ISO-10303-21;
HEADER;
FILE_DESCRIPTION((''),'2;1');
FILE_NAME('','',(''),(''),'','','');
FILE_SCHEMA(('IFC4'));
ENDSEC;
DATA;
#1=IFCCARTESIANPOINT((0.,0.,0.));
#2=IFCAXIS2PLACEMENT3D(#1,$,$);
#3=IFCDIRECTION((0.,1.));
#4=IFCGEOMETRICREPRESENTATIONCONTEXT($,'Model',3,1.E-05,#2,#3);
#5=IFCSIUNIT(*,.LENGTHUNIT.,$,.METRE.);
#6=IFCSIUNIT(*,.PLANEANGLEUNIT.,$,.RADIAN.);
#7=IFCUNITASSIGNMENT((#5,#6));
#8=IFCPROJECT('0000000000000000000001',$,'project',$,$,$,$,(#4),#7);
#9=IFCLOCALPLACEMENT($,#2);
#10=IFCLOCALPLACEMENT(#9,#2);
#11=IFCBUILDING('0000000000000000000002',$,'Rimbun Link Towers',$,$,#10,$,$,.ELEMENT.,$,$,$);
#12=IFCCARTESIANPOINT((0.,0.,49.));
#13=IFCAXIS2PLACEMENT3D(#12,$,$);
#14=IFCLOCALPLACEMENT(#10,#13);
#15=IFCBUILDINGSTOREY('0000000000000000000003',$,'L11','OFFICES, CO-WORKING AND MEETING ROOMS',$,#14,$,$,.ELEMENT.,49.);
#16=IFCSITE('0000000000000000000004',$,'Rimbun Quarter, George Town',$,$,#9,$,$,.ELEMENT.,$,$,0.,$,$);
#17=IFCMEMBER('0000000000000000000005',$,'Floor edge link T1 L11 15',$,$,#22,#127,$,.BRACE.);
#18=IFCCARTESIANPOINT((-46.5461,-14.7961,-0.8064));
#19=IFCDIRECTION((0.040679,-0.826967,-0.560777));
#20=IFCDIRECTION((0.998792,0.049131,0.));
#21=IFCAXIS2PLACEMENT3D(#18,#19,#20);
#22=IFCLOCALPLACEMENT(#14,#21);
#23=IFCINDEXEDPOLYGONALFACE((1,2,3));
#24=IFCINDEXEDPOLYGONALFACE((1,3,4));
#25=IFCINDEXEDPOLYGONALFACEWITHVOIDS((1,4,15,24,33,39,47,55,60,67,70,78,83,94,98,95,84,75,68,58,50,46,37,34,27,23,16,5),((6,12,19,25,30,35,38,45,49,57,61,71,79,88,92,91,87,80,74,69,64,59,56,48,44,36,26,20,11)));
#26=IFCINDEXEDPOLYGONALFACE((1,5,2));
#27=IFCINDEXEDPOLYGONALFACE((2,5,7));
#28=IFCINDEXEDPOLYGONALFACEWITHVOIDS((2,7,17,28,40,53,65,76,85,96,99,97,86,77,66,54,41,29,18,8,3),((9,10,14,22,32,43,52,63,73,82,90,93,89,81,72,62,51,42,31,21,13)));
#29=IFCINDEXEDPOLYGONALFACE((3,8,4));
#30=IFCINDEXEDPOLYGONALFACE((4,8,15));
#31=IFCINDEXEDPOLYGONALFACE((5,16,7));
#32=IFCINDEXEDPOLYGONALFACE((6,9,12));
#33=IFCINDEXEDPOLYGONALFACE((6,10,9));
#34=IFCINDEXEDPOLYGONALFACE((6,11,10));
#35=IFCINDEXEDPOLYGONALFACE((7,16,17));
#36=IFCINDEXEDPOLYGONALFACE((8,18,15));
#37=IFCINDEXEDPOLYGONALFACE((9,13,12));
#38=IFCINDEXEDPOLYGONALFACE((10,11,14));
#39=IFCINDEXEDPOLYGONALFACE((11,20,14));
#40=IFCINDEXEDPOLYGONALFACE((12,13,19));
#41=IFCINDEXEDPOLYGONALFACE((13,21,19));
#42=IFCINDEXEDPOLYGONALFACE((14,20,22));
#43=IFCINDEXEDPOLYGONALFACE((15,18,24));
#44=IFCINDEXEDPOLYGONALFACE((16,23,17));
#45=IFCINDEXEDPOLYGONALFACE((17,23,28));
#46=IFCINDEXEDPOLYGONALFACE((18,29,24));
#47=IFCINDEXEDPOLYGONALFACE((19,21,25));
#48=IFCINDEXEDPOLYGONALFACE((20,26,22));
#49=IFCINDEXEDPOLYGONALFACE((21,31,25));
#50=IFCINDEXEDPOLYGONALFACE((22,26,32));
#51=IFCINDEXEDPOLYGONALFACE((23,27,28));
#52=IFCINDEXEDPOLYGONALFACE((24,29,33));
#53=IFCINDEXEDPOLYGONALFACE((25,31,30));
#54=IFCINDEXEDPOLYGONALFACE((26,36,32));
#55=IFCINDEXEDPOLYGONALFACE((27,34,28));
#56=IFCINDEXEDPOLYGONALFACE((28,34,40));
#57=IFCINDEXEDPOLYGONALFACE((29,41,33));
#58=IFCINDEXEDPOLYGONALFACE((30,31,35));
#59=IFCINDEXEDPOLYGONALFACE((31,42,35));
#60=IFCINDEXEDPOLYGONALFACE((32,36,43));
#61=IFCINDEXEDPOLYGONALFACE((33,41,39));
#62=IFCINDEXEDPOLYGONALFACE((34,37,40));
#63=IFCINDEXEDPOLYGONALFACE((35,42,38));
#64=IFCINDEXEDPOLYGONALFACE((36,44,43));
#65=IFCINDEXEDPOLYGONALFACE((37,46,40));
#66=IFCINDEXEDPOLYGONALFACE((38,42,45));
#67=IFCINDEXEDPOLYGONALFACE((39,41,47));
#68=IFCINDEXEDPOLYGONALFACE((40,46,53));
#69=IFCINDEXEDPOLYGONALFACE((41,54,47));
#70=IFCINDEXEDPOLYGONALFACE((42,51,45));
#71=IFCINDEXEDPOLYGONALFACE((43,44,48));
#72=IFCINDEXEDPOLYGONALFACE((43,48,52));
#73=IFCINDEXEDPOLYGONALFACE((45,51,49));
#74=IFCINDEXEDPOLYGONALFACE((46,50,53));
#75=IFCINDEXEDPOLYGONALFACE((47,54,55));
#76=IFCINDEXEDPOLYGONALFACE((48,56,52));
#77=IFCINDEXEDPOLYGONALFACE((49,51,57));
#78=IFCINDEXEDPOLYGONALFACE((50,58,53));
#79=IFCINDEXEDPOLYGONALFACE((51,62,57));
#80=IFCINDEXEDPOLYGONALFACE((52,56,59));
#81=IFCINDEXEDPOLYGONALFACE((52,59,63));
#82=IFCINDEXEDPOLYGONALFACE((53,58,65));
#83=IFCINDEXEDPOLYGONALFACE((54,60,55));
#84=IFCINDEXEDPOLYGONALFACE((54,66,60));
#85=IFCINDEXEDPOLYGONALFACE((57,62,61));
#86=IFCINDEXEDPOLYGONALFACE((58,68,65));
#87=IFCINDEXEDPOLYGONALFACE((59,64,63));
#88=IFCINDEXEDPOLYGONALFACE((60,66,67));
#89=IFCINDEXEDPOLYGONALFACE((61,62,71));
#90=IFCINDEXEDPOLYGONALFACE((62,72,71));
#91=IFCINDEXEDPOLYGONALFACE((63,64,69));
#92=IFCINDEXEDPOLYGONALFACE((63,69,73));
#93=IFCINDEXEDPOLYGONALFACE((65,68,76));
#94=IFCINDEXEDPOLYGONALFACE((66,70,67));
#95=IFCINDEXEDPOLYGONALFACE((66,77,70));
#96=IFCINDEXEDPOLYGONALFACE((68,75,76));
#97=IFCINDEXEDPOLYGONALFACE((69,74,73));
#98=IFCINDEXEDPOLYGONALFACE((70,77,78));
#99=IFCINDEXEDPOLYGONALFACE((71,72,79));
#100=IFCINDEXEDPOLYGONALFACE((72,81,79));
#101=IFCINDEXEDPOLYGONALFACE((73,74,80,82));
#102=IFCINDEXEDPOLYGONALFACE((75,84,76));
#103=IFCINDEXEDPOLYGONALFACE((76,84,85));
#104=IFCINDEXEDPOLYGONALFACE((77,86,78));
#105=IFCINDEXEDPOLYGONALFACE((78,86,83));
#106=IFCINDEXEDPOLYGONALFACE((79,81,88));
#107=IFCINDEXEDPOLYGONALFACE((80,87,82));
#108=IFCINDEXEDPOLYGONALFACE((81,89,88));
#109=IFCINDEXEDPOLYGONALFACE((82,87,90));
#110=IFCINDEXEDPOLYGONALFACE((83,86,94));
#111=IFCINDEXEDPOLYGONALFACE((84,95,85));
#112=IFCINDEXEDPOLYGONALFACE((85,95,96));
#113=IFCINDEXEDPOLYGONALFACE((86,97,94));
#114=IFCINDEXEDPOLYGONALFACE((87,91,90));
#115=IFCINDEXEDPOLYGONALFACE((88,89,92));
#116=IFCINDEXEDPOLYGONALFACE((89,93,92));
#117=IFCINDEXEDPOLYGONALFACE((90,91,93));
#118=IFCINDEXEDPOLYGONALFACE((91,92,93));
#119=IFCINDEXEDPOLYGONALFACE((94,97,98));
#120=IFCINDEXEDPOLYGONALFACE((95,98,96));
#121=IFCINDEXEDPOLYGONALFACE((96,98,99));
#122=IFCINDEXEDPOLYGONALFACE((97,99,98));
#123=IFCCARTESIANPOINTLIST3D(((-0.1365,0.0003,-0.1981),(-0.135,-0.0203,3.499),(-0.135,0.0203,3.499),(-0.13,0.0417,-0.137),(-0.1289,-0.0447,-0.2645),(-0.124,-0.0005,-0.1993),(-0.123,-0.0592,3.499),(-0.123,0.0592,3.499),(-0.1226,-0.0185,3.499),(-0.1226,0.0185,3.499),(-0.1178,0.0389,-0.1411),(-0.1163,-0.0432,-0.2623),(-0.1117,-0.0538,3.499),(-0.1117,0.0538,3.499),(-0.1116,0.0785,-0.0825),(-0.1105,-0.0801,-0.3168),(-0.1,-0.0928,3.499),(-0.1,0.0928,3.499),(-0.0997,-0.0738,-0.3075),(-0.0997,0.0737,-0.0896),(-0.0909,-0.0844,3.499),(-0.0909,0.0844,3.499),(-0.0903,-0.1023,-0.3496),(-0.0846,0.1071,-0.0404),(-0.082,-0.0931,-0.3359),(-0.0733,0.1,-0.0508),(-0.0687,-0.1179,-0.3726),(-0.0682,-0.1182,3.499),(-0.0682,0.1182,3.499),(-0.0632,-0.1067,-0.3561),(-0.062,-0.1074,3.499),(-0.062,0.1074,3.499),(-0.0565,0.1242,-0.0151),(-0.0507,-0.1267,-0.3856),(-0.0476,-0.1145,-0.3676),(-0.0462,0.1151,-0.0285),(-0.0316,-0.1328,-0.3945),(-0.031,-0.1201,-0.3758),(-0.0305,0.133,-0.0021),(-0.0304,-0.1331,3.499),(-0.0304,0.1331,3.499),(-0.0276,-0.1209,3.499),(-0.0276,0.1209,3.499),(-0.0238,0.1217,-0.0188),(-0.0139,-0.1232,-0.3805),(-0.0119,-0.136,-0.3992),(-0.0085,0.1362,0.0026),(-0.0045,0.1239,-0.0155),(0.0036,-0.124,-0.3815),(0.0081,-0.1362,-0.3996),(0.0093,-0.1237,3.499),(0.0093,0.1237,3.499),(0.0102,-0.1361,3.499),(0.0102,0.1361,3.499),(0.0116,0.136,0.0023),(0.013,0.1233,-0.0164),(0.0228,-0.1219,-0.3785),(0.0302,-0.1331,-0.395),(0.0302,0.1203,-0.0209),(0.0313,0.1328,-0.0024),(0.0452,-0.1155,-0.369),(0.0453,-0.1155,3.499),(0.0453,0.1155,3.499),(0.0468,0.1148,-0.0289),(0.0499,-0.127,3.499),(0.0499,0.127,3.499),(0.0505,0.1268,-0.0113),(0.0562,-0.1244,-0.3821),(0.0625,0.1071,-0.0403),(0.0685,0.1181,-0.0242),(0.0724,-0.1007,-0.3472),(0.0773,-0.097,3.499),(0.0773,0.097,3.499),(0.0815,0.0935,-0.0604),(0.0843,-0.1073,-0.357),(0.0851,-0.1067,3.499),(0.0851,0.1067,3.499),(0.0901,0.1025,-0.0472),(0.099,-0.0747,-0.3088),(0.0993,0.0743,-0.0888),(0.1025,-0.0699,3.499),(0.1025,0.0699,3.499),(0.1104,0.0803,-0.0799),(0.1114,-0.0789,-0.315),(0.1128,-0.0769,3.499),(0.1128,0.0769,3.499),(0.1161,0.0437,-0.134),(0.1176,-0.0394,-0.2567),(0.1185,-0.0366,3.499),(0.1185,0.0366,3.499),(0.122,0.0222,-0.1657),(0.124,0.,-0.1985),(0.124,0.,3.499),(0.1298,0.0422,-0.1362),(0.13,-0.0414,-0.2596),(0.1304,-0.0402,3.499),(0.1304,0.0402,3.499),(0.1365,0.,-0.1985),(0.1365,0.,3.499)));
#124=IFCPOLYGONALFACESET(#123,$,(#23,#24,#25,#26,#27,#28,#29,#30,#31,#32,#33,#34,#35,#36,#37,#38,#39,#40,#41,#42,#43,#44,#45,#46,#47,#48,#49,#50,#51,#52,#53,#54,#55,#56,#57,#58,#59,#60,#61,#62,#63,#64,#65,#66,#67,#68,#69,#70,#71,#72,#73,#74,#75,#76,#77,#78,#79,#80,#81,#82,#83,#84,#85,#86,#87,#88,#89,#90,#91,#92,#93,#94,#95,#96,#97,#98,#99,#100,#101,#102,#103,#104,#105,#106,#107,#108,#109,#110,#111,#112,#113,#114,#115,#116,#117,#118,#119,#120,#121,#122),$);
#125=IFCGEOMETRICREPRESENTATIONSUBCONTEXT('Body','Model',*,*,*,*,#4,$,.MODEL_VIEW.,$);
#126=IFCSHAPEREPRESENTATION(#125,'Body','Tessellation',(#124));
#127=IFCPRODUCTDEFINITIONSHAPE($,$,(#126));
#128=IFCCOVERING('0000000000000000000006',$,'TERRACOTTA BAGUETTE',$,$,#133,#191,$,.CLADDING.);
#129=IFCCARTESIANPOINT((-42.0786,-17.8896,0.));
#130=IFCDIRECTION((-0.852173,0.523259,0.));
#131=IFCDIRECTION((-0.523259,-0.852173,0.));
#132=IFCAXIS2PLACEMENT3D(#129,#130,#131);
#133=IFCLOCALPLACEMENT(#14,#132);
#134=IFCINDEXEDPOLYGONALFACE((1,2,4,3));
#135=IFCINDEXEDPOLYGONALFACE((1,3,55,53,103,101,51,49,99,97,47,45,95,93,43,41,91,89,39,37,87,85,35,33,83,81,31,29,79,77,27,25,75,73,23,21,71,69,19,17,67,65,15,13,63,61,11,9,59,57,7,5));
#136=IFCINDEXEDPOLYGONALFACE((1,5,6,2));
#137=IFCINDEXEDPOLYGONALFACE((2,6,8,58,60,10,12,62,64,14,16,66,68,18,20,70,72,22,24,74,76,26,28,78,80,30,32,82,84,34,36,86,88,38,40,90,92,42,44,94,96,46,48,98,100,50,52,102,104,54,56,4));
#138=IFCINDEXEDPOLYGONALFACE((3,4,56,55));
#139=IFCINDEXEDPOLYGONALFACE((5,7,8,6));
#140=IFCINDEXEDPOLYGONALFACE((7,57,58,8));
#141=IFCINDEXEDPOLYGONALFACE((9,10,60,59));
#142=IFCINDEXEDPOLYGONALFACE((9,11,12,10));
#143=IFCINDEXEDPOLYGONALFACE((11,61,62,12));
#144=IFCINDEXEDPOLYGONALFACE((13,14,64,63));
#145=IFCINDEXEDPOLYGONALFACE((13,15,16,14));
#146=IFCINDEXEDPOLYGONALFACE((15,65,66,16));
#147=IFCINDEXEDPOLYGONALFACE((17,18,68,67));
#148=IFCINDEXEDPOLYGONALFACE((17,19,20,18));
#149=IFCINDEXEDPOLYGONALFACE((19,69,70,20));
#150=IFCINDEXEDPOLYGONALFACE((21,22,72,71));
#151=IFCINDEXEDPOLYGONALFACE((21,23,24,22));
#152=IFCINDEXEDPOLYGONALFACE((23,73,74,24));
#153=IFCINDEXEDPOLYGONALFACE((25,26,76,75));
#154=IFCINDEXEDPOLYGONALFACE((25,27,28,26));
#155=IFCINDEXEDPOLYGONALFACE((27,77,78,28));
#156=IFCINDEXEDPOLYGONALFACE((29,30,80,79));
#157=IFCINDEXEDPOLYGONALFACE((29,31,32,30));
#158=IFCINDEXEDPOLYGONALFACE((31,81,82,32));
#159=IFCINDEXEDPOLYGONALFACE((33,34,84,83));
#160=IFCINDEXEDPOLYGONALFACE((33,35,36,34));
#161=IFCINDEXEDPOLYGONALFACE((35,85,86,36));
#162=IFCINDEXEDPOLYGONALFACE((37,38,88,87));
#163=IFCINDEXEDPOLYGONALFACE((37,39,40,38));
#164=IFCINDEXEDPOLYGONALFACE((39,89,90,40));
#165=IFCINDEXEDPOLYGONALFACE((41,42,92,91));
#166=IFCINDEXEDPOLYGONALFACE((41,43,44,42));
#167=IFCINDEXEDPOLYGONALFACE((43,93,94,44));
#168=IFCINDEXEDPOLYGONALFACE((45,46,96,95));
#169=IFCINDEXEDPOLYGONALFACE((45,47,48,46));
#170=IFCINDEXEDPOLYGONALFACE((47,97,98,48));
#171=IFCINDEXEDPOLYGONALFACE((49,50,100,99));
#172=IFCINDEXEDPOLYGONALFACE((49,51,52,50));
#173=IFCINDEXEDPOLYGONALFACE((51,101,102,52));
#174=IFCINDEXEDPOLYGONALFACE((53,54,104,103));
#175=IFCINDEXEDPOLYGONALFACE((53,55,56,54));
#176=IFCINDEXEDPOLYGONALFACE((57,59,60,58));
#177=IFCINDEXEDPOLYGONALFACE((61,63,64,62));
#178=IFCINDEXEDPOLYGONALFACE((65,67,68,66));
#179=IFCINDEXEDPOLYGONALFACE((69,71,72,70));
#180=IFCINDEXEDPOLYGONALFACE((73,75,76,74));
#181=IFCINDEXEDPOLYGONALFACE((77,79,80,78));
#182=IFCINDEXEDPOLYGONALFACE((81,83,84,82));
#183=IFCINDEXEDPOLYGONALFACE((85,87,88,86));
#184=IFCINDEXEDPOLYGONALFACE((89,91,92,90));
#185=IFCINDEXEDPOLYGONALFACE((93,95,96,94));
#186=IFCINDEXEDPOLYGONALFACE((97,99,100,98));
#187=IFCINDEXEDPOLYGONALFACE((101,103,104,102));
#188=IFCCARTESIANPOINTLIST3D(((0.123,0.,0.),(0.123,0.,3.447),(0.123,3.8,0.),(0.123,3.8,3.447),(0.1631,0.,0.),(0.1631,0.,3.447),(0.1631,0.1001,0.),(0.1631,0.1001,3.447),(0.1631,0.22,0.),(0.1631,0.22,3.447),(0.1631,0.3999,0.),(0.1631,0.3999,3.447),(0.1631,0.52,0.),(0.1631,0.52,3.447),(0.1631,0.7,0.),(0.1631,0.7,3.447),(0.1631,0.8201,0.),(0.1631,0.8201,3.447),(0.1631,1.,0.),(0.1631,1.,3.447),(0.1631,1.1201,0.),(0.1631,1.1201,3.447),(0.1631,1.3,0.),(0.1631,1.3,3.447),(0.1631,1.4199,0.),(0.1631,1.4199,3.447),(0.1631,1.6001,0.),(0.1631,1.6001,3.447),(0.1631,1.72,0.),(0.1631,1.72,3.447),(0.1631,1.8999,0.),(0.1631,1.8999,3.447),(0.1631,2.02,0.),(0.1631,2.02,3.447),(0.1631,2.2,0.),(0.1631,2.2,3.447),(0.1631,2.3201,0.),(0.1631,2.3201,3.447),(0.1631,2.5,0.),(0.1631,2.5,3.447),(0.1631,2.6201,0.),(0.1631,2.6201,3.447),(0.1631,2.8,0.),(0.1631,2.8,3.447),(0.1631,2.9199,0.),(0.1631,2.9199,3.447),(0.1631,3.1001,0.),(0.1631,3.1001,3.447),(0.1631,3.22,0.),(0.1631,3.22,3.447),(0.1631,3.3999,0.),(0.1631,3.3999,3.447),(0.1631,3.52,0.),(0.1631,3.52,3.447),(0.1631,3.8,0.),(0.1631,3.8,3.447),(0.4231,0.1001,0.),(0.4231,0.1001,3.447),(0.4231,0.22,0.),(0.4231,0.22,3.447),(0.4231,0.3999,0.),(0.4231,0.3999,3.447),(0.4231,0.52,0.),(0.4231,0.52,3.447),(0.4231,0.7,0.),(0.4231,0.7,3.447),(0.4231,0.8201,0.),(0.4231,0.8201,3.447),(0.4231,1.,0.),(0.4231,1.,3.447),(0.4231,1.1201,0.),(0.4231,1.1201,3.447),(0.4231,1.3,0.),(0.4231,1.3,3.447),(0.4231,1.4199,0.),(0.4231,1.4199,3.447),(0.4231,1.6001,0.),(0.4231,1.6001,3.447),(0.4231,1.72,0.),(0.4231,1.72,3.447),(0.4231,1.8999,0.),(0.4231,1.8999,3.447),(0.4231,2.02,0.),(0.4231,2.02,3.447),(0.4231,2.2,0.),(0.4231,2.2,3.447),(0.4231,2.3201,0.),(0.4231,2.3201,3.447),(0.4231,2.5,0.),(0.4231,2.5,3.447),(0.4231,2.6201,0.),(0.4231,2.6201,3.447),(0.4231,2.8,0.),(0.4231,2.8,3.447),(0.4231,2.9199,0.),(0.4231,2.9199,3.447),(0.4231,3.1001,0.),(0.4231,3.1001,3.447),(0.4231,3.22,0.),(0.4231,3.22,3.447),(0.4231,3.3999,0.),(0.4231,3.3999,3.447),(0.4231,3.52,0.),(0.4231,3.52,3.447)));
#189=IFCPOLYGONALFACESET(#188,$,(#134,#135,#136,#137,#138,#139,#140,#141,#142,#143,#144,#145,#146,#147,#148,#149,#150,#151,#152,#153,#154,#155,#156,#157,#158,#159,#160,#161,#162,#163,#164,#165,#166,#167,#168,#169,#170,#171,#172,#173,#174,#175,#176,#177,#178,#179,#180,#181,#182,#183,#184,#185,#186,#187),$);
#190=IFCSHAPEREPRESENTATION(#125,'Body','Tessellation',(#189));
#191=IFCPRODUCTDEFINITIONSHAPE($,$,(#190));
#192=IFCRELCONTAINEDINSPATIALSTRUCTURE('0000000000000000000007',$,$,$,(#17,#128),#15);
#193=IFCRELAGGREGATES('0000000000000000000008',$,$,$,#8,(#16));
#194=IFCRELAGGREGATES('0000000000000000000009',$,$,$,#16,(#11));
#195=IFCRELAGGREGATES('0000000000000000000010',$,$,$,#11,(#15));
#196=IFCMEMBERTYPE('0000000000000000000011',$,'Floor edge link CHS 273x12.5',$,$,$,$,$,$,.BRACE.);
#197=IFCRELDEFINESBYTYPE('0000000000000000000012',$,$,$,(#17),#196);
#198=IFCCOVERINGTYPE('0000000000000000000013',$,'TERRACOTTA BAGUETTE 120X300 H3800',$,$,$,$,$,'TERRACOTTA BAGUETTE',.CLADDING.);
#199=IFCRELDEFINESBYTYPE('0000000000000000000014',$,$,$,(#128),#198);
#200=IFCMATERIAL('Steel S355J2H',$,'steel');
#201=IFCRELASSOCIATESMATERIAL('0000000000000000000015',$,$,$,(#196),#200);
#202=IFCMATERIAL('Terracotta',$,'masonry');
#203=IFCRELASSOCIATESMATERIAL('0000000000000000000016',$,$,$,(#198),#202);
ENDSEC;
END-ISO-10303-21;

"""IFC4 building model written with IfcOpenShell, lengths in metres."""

from ifc_helpers import new_model, si_unit, direction, frame, origin, origin_2d, place, context, subcontext, project, spatial, polyline, hollow_circle, outline, extrude, clip, halfspace, material, material_profile, profile_set, type_object, element, save


model = new_model("IFC4")

# Units and contexts
model_context = context("Model", 3, precision=1e-05, world=origin(), true_north=direction((0.0, 1.0)))
body_context = subcontext(model_context, "Body", "Model", "MODEL_VIEW")
ifc_project = project(units=[si_unit("LENGTHUNIT", "METRE"), si_unit("PLANEANGLEUNIT", "RADIAN")], contexts=[model_context])

# Site, building, storey
site_placement = place(None, origin())
site = spatial("IfcSite", under=ifc_project, at=site_placement, Name="Rimbun Quarter, George Town", CompositionType="ELEMENT", RefElevation=0.0)
building_placement = place(site_placement, origin())
building = spatial("IfcBuilding", under=site, at=building_placement, Name="Rimbun Link Towers", CompositionType="ELEMENT")
storey_placement = place(building_placement, frame((0.0, 0.0, 49.0)))
storey = spatial("IfcBuildingStorey", under=building, at=storey_placement, Name="L11", Description="OFFICES, CO-WORKING AND MEETING ROOMS", CompositionType="ELEMENT", Elevation=49.0)

# Member
ifc_material_1 = material(Name="Steel S355J2H", Category="steel")
ifc_material_profile_1 = material_profile(ifc_material_1, hollow_circle(Radius=0.1365, WallThickness=0.0125, at=origin_2d()), Name="CHS 273x12.5")
ifc_profile_set_1 = profile_set([ifc_material_profile_1], Name="Steel S355J2H")
member_type_1 = type_object("IfcMemberType", Name="Floor edge link CHS 273x12.5", PredefinedType="BRACE", material=ifc_profile_set_1)
member_1_placement = place(storey_placement, frame((-46.5461, -14.7961, -0.8064), z_axis=(0.040679, -0.826967, -0.560777), x_axis=(0.998792, 0.049131, 0.0)))
element("IfcMember", 1, at=member_1_placement, inside=storey, type_object=member_type_1, Name="Floor edge link T1 L11 15", PredefinedType="BRACE", context=body_context, shape_type="Clipping", body=[
    clip(extrude(hollow_circle(Radius=0.1365, WallThickness=0.0125, at=origin_2d()), frame((0.0, 0.0, -0.4209)), (0.0, 0.0, 1.0), 3.9199), halfspace(frame((0.0, 0.0, -0.1985), z_axis=(0.0, 0.827967, -0.560777)), False)),
])

# Covering
ifc_material_2 = material(Name="Terracotta", Category="masonry")
ifc_material_profile_2 = material_profile(ifc_material_2, outline(polyline([(0.123, 0.0), (0.1631, 0.0), (0.1631, 0.1001), (0.4231, 0.1001), (0.4231, 0.22), (0.1631, 0.22), (0.1631, 0.3999), (0.4231, 0.3999), (0.4231, 0.52), (0.1631, 0.52), (0.1631, 0.7), (0.4231, 0.7), (0.4231, 0.8201), (0.1631, 0.8201), (0.1631, 1.0), (0.4231, 1.0), (0.4231, 1.1201), (0.1631, 1.1201), (0.1631, 1.3), (0.4231, 1.3), (0.4231, 1.4199), (0.1631, 1.4199), (0.1631, 1.6001), (0.4231, 1.6001), (0.4231, 1.72), (0.1631, 1.72), (0.1631, 1.8999), (0.4231, 1.8999), (0.4231, 2.02), (0.1631, 2.02), (0.1631, 2.2), (0.4231, 2.2), (0.4231, 2.3201), (0.1631, 2.3201), (0.1631, 2.5), (0.4231, 2.5), (0.4231, 2.6201), (0.1631, 2.6201), (0.1631, 2.8), (0.4231, 2.8), (0.4231, 2.9199), (0.1631, 2.9199), (0.1631, 3.1001), (0.4231, 3.1001), (0.4231, 3.22), (0.1631, 3.22), (0.1631, 3.3999), (0.4231, 3.3999), (0.4231, 3.52), (0.1631, 3.52), (0.1631, 3.8), (0.123, 3.8), (0.123, 0.0)])), Name="BAGUETTE 120X300")
ifc_profile_set_2 = profile_set([ifc_material_profile_2], Name="Terracotta")
covering_type = type_object("IfcCoveringType", Name="TERRACOTTA BAGUETTE 120X300 H3800", ElementType="TERRACOTTA BAGUETTE", PredefinedType="CLADDING", material=ifc_profile_set_2)
covering_placement = place(storey_placement, frame((-42.0786, -17.8896, 0.0), z_axis=(-0.852173, 0.523259, 0.0), x_axis=(-0.523259, -0.852173, 0.0)))
element("IfcCovering", 2, at=covering_placement, inside=storey, type_object=covering_type, Name="TERRACOTTA BAGUETTE", PredefinedType="CLADDING", context=body_context, shape_type="SweptSolid", body=[
    extrude(outline(polyline([(0.123, 0.0), (0.1631, 0.0), (0.1631, 0.1001), (0.4231, 0.1001), (0.4231, 0.22), (0.1631, 0.22), (0.1631, 0.3999), (0.4231, 0.3999), (0.4231, 0.52), (0.1631, 0.52), (0.1631, 0.7), (0.4231, 0.7), (0.4231, 0.8201), (0.1631, 0.8201), (0.1631, 1.0), (0.4231, 1.0), (0.4231, 1.1201), (0.1631, 1.1201), (0.1631, 1.3), (0.4231, 1.3), (0.4231, 1.4199), (0.1631, 1.4199), (0.1631, 1.6001), (0.4231, 1.6001), (0.4231, 1.72), (0.1631, 1.72), (0.1631, 1.8999), (0.4231, 1.8999), (0.4231, 2.02), (0.1631, 2.02), (0.1631, 2.2), (0.4231, 2.2), (0.4231, 2.3201), (0.1631, 2.3201), (0.1631, 2.5), (0.4231, 2.5), (0.4231, 2.6201), (0.1631, 2.6201), (0.1631, 2.8), (0.4231, 2.8), (0.4231, 2.9199), (0.1631, 2.9199), (0.1631, 3.1001), (0.4231, 3.1001), (0.4231, 3.22), (0.1631, 3.22), (0.1631, 3.3999), (0.4231, 3.3999), (0.4231, 3.52), (0.1631, 3.52), (0.1631, 3.8), (0.123, 3.8), (0.123, 0.0)])), origin(), (0.0, 0.0, 1.0), 3.447),
])

save(model, "model.ifc")
